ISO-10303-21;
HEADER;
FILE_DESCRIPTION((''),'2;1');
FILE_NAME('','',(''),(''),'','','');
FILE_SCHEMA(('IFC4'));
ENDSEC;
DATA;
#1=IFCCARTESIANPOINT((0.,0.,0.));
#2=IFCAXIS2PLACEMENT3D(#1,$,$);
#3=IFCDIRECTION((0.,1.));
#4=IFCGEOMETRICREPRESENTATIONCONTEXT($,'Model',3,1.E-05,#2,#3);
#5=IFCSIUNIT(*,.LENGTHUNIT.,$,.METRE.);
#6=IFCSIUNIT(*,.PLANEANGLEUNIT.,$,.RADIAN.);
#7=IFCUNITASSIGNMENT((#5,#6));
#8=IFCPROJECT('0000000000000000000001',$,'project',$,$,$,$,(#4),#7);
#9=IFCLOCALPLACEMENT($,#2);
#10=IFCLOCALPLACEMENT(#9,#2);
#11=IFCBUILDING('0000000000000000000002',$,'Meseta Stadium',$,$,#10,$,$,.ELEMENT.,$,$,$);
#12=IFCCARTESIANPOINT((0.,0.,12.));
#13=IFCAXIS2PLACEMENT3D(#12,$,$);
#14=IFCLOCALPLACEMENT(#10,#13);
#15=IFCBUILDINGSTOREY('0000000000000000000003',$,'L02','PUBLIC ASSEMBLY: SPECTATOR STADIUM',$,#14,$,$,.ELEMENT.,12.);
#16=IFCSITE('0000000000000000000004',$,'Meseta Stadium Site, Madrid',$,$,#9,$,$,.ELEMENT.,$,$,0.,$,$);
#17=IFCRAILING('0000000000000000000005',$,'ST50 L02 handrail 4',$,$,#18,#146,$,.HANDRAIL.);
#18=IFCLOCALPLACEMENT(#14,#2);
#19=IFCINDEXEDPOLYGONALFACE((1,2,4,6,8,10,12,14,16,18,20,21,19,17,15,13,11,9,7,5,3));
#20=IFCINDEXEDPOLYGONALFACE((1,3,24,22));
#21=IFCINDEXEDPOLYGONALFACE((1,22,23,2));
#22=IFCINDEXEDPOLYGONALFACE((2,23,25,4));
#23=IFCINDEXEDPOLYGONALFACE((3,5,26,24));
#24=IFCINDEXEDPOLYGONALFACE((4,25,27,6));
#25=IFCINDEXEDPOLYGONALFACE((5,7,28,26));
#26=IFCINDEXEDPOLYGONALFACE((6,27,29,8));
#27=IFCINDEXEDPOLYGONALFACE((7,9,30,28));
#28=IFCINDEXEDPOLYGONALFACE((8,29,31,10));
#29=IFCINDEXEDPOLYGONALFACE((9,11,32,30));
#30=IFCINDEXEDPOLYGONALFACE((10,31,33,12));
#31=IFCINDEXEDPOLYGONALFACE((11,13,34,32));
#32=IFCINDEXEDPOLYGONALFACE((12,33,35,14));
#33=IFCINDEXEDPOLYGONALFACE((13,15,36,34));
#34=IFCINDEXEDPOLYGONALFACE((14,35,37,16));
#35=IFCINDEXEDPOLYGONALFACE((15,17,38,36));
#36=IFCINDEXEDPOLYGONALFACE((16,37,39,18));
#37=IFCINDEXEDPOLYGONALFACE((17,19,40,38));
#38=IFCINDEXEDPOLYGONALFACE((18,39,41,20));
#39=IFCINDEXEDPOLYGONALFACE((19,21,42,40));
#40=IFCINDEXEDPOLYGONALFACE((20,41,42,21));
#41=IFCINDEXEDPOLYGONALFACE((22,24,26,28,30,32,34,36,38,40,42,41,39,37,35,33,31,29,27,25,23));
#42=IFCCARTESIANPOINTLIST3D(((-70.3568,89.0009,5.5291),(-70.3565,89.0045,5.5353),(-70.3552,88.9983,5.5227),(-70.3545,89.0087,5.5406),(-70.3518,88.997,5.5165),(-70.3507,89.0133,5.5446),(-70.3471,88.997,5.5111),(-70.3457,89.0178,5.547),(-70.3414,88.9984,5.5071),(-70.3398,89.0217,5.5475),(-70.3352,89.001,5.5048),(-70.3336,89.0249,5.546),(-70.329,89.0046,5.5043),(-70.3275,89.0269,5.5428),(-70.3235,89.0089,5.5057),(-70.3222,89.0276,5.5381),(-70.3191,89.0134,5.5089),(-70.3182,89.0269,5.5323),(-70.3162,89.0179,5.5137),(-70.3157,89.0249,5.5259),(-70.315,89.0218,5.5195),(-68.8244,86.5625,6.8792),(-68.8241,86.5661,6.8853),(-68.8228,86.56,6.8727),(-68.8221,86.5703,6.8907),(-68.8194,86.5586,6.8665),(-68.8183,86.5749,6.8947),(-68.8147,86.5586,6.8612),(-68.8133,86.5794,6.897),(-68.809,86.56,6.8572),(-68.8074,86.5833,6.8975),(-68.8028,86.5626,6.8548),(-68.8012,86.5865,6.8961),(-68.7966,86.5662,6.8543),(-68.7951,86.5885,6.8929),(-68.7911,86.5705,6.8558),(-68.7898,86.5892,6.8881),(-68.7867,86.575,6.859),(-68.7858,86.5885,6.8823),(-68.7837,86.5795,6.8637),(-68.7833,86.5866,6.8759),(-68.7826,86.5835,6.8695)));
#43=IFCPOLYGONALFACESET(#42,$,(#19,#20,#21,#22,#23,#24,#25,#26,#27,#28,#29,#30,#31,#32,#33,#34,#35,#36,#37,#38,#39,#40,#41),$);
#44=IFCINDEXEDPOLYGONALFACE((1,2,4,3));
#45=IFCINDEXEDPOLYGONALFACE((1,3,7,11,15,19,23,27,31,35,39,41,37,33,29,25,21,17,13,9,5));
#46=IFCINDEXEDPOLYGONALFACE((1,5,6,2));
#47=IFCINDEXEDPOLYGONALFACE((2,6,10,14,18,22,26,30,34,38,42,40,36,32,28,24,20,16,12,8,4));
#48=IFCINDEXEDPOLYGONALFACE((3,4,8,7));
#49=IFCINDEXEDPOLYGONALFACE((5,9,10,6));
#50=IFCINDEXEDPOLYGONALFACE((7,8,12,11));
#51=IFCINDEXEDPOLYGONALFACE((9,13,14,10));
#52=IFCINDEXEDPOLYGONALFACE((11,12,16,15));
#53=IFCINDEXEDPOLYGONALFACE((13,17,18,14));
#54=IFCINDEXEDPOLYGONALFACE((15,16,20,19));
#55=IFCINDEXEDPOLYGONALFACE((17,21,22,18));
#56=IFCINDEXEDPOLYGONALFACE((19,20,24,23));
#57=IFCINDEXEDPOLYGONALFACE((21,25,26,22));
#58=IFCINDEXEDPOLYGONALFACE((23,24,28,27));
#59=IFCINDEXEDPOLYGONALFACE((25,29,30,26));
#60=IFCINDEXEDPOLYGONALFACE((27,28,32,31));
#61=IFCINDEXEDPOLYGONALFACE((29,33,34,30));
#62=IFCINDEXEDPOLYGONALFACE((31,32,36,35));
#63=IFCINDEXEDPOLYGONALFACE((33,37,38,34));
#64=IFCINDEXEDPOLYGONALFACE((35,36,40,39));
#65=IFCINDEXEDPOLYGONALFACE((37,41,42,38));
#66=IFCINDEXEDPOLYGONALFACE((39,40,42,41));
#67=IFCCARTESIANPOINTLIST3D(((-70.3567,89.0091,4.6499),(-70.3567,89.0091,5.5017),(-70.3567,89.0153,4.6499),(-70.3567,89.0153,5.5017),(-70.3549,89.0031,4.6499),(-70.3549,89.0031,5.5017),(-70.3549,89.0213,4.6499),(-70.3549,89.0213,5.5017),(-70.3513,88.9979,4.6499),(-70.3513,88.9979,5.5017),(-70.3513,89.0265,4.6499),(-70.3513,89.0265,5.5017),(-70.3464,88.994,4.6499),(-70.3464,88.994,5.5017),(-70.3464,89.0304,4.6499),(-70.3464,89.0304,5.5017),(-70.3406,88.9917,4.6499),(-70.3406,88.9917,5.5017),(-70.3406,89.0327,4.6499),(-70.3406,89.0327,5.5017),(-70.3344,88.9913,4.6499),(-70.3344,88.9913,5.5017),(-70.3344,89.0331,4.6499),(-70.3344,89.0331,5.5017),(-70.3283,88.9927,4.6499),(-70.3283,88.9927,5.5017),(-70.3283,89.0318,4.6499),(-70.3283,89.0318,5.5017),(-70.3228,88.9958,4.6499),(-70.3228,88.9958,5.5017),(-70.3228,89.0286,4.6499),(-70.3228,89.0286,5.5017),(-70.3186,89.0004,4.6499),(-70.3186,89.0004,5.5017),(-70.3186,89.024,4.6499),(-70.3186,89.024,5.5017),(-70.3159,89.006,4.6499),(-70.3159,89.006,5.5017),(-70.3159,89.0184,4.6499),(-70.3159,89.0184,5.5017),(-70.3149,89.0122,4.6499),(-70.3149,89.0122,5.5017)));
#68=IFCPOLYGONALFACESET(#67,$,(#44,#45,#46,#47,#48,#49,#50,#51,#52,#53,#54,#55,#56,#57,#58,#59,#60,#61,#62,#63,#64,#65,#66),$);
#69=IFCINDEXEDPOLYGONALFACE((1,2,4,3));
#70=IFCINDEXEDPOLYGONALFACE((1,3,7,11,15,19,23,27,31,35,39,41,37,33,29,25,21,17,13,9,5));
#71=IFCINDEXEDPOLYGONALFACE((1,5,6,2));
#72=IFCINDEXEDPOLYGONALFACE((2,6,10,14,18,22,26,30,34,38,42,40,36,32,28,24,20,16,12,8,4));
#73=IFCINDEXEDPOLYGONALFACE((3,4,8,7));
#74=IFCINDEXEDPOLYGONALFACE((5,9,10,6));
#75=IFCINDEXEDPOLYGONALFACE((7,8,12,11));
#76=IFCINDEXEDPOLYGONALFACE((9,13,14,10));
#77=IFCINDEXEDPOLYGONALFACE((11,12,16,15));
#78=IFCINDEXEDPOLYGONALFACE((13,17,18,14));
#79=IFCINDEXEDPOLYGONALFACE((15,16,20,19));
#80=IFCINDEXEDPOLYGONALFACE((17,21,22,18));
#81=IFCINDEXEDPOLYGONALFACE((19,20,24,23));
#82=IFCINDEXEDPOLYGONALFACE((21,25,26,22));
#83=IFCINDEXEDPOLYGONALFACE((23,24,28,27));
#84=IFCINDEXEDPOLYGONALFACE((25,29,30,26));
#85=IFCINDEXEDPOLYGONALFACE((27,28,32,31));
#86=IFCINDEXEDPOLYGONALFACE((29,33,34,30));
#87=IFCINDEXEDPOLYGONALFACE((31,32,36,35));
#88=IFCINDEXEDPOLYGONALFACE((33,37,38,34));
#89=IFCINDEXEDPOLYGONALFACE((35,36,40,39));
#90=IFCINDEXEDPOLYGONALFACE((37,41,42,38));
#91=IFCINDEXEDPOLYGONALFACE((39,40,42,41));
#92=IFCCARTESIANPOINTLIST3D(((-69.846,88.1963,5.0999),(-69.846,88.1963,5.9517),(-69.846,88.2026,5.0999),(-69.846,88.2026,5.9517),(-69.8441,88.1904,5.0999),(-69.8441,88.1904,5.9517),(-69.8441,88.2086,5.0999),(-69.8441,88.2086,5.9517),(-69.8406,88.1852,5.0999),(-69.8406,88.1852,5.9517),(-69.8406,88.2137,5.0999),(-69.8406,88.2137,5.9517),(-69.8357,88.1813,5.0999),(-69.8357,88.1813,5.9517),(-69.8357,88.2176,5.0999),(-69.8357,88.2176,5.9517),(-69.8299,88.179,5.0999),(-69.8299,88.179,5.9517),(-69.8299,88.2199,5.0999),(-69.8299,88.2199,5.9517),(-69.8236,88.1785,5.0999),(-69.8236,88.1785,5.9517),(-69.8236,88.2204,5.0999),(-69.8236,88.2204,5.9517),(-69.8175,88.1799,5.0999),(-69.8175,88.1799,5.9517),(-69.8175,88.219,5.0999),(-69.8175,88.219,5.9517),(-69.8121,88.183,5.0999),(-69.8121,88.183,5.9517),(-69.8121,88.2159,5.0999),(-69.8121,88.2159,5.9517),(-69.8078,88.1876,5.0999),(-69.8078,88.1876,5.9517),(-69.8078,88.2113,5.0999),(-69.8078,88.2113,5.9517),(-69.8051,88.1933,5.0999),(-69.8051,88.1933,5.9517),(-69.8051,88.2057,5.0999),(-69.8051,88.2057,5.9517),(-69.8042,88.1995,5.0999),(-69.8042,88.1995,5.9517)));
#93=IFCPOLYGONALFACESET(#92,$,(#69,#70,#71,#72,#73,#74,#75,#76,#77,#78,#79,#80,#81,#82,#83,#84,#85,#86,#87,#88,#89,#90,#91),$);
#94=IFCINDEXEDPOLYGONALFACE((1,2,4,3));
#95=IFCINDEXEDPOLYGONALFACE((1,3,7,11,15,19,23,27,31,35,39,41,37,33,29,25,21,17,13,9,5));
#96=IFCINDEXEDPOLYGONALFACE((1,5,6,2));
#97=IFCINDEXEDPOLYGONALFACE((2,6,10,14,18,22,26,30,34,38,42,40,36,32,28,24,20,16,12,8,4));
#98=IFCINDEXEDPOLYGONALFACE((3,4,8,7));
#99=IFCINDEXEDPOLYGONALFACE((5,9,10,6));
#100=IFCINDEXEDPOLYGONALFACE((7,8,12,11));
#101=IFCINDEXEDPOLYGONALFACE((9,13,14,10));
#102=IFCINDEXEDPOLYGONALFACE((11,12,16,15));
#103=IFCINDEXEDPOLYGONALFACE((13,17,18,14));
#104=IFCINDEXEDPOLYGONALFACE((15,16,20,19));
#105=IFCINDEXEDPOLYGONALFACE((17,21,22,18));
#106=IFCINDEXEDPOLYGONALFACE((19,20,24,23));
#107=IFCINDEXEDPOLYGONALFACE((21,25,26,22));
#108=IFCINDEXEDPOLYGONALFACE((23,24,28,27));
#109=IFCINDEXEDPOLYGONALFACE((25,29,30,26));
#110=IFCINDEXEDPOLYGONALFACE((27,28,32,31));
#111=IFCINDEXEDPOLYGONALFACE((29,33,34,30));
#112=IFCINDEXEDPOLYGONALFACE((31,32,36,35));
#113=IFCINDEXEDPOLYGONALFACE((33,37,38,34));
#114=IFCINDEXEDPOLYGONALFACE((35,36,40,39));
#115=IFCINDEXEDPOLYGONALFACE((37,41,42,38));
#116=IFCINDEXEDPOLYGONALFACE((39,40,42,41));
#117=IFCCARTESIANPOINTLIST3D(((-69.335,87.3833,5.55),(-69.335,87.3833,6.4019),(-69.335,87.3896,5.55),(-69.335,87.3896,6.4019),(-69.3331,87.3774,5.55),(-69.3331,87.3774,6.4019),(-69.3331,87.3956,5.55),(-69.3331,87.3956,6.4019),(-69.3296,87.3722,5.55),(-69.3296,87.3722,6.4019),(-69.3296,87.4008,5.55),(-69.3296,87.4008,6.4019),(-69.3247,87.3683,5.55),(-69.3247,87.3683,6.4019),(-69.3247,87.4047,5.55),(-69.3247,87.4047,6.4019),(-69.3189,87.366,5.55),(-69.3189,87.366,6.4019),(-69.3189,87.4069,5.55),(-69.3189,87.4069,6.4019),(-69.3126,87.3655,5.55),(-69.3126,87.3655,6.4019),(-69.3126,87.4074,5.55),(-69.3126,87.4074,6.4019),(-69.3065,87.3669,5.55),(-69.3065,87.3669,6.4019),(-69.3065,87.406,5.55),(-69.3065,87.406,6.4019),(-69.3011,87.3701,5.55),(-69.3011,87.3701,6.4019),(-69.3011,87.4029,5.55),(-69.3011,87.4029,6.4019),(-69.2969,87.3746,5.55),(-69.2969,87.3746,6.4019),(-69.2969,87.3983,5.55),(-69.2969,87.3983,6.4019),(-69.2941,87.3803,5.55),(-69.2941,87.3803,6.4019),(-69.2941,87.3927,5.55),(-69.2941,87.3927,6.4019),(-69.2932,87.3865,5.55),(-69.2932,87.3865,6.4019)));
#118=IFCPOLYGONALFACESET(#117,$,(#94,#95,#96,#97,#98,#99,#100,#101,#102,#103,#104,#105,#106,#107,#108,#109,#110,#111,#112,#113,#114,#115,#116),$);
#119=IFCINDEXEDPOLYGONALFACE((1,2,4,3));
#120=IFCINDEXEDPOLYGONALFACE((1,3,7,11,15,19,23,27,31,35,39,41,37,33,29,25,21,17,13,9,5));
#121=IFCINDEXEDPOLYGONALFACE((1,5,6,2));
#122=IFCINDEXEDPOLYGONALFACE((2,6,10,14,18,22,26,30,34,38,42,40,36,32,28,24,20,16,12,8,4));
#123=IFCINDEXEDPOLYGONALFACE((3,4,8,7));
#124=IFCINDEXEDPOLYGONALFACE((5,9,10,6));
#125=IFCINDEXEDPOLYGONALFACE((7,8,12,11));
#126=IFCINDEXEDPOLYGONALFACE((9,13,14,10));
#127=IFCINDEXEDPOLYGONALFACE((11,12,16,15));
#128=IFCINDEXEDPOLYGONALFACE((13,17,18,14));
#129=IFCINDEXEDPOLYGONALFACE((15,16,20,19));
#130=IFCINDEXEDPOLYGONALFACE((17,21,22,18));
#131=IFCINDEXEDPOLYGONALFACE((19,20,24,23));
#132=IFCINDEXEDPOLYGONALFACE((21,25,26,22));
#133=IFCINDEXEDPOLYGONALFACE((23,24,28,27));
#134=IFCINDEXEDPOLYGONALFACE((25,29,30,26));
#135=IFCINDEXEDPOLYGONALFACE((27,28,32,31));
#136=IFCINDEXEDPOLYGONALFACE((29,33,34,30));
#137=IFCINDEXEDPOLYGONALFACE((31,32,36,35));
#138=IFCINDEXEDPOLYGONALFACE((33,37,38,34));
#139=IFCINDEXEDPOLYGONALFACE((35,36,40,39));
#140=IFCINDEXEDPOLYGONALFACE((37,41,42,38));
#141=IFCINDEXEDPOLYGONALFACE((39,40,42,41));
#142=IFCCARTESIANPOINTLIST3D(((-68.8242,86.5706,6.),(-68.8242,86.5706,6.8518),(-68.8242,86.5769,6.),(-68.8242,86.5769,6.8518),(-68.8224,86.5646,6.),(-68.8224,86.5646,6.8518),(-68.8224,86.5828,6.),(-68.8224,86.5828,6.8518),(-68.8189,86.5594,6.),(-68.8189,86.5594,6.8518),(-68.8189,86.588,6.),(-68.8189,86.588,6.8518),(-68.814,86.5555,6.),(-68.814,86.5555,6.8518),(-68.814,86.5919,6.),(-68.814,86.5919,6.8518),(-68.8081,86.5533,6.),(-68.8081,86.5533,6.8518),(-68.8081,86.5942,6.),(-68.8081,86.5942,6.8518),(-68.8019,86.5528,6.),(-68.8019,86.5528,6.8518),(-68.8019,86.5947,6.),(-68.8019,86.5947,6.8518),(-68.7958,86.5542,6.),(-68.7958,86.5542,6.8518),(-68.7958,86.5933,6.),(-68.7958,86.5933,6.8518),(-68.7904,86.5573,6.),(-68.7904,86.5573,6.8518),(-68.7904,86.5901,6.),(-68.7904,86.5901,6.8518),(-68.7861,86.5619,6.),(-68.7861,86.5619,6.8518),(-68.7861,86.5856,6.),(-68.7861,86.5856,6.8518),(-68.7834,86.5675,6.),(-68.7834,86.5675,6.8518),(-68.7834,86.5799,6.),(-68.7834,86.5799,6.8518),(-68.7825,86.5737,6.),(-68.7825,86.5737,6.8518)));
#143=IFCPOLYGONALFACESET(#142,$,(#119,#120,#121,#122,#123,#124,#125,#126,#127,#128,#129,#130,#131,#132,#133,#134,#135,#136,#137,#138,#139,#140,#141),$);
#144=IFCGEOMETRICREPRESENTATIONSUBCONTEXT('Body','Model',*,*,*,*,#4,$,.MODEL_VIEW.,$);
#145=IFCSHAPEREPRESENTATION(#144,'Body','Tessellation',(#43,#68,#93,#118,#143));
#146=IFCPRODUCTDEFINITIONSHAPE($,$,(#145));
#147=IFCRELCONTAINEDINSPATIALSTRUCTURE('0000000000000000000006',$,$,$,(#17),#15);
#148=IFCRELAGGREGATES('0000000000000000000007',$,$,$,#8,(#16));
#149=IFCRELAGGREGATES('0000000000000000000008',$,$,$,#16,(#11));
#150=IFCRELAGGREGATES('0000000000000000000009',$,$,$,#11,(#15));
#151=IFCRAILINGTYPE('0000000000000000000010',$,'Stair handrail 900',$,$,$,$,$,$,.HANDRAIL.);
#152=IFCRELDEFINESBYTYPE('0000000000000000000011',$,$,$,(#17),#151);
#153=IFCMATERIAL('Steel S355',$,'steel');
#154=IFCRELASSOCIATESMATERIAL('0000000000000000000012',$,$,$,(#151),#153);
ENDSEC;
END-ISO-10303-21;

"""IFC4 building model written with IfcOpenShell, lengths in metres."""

from ifc_helpers import new_model, si_unit, direction, frame, origin, origin_2d, place, context, subcontext, project, spatial, circle, extrude, material, type_object, element, save


model = new_model("IFC4")

# Units and contexts
model_context = context("Model", 3, precision=1e-05, world=origin(), true_north=direction((0.0, 1.0)))
body_context = subcontext(model_context, "Body", "Model", "MODEL_VIEW")
ifc_project = project(units=[si_unit("LENGTHUNIT", "METRE"), si_unit("PLANEANGLEUNIT", "RADIAN")], contexts=[model_context])

# Site, building, storey
site_placement = place(None, origin())
site = spatial("IfcSite", under=ifc_project, at=site_placement, Name="Meseta Stadium Site, Madrid", CompositionType="ELEMENT", RefElevation=0.0)
building_placement = place(site_placement, origin())
building = spatial("IfcBuilding", under=site, at=building_placement, Name="Meseta Stadium", CompositionType="ELEMENT")
storey_placement = place(building_placement, frame((0.0, 0.0, 12.0)))
storey = spatial("IfcBuildingStorey", under=building, at=storey_placement, Name="L02", Description="PUBLIC ASSEMBLY: SPECTATOR STADIUM", CompositionType="ELEMENT", Elevation=12.0)

# Railing
ifc_material_1 = material(Name="Steel S355", Category="steel")
railing_type_1 = type_object("IfcRailingType", Name="Stair handrail 900", PredefinedType="HANDRAIL", material=ifc_material_1)
for number, where, name in (
    (1, (-70.3359, 89.0122, 4.6499), "ST50 L02 handrail 4"),
):
    element("IfcRailing", number, at=place(storey_placement, frame(where)), inside=storey, type_object=railing_type_1, Name=name, PredefinedType="HANDRAIL", context=body_context, shape_type="SweptSolid", body=[
        extrude(circle(Radius=0.0239, at=origin_2d()), frame((0.0, 0.0, 0.876), z_axis=(0.48179, -0.766627, 0.424454), x_axis=(0.846681, 0.5321, 0.0)), (0.0, 0.0, 1.0), 3.1807),
        extrude(circle(Radius=0.021, at=origin_2d()), origin(), (0.0, 0.0, 1.0), 0.8518),
        extrude(circle(Radius=0.021, at=origin_2d()), frame((0.5107, -0.8127, 0.45)), (0.0, 0.0, 1.0), 0.8518),
        extrude(circle(Radius=0.021, at=origin_2d()), frame((1.0217, -1.6257, 0.9001)), (0.0, 0.0, 1.0), 0.8518),
        extrude(circle(Radius=0.021, at=origin_2d()), frame((1.5325, -2.4385, 1.3501)), (0.0, 0.0, 1.0), 0.8518),
    ])

save(model, "model.ifc")
